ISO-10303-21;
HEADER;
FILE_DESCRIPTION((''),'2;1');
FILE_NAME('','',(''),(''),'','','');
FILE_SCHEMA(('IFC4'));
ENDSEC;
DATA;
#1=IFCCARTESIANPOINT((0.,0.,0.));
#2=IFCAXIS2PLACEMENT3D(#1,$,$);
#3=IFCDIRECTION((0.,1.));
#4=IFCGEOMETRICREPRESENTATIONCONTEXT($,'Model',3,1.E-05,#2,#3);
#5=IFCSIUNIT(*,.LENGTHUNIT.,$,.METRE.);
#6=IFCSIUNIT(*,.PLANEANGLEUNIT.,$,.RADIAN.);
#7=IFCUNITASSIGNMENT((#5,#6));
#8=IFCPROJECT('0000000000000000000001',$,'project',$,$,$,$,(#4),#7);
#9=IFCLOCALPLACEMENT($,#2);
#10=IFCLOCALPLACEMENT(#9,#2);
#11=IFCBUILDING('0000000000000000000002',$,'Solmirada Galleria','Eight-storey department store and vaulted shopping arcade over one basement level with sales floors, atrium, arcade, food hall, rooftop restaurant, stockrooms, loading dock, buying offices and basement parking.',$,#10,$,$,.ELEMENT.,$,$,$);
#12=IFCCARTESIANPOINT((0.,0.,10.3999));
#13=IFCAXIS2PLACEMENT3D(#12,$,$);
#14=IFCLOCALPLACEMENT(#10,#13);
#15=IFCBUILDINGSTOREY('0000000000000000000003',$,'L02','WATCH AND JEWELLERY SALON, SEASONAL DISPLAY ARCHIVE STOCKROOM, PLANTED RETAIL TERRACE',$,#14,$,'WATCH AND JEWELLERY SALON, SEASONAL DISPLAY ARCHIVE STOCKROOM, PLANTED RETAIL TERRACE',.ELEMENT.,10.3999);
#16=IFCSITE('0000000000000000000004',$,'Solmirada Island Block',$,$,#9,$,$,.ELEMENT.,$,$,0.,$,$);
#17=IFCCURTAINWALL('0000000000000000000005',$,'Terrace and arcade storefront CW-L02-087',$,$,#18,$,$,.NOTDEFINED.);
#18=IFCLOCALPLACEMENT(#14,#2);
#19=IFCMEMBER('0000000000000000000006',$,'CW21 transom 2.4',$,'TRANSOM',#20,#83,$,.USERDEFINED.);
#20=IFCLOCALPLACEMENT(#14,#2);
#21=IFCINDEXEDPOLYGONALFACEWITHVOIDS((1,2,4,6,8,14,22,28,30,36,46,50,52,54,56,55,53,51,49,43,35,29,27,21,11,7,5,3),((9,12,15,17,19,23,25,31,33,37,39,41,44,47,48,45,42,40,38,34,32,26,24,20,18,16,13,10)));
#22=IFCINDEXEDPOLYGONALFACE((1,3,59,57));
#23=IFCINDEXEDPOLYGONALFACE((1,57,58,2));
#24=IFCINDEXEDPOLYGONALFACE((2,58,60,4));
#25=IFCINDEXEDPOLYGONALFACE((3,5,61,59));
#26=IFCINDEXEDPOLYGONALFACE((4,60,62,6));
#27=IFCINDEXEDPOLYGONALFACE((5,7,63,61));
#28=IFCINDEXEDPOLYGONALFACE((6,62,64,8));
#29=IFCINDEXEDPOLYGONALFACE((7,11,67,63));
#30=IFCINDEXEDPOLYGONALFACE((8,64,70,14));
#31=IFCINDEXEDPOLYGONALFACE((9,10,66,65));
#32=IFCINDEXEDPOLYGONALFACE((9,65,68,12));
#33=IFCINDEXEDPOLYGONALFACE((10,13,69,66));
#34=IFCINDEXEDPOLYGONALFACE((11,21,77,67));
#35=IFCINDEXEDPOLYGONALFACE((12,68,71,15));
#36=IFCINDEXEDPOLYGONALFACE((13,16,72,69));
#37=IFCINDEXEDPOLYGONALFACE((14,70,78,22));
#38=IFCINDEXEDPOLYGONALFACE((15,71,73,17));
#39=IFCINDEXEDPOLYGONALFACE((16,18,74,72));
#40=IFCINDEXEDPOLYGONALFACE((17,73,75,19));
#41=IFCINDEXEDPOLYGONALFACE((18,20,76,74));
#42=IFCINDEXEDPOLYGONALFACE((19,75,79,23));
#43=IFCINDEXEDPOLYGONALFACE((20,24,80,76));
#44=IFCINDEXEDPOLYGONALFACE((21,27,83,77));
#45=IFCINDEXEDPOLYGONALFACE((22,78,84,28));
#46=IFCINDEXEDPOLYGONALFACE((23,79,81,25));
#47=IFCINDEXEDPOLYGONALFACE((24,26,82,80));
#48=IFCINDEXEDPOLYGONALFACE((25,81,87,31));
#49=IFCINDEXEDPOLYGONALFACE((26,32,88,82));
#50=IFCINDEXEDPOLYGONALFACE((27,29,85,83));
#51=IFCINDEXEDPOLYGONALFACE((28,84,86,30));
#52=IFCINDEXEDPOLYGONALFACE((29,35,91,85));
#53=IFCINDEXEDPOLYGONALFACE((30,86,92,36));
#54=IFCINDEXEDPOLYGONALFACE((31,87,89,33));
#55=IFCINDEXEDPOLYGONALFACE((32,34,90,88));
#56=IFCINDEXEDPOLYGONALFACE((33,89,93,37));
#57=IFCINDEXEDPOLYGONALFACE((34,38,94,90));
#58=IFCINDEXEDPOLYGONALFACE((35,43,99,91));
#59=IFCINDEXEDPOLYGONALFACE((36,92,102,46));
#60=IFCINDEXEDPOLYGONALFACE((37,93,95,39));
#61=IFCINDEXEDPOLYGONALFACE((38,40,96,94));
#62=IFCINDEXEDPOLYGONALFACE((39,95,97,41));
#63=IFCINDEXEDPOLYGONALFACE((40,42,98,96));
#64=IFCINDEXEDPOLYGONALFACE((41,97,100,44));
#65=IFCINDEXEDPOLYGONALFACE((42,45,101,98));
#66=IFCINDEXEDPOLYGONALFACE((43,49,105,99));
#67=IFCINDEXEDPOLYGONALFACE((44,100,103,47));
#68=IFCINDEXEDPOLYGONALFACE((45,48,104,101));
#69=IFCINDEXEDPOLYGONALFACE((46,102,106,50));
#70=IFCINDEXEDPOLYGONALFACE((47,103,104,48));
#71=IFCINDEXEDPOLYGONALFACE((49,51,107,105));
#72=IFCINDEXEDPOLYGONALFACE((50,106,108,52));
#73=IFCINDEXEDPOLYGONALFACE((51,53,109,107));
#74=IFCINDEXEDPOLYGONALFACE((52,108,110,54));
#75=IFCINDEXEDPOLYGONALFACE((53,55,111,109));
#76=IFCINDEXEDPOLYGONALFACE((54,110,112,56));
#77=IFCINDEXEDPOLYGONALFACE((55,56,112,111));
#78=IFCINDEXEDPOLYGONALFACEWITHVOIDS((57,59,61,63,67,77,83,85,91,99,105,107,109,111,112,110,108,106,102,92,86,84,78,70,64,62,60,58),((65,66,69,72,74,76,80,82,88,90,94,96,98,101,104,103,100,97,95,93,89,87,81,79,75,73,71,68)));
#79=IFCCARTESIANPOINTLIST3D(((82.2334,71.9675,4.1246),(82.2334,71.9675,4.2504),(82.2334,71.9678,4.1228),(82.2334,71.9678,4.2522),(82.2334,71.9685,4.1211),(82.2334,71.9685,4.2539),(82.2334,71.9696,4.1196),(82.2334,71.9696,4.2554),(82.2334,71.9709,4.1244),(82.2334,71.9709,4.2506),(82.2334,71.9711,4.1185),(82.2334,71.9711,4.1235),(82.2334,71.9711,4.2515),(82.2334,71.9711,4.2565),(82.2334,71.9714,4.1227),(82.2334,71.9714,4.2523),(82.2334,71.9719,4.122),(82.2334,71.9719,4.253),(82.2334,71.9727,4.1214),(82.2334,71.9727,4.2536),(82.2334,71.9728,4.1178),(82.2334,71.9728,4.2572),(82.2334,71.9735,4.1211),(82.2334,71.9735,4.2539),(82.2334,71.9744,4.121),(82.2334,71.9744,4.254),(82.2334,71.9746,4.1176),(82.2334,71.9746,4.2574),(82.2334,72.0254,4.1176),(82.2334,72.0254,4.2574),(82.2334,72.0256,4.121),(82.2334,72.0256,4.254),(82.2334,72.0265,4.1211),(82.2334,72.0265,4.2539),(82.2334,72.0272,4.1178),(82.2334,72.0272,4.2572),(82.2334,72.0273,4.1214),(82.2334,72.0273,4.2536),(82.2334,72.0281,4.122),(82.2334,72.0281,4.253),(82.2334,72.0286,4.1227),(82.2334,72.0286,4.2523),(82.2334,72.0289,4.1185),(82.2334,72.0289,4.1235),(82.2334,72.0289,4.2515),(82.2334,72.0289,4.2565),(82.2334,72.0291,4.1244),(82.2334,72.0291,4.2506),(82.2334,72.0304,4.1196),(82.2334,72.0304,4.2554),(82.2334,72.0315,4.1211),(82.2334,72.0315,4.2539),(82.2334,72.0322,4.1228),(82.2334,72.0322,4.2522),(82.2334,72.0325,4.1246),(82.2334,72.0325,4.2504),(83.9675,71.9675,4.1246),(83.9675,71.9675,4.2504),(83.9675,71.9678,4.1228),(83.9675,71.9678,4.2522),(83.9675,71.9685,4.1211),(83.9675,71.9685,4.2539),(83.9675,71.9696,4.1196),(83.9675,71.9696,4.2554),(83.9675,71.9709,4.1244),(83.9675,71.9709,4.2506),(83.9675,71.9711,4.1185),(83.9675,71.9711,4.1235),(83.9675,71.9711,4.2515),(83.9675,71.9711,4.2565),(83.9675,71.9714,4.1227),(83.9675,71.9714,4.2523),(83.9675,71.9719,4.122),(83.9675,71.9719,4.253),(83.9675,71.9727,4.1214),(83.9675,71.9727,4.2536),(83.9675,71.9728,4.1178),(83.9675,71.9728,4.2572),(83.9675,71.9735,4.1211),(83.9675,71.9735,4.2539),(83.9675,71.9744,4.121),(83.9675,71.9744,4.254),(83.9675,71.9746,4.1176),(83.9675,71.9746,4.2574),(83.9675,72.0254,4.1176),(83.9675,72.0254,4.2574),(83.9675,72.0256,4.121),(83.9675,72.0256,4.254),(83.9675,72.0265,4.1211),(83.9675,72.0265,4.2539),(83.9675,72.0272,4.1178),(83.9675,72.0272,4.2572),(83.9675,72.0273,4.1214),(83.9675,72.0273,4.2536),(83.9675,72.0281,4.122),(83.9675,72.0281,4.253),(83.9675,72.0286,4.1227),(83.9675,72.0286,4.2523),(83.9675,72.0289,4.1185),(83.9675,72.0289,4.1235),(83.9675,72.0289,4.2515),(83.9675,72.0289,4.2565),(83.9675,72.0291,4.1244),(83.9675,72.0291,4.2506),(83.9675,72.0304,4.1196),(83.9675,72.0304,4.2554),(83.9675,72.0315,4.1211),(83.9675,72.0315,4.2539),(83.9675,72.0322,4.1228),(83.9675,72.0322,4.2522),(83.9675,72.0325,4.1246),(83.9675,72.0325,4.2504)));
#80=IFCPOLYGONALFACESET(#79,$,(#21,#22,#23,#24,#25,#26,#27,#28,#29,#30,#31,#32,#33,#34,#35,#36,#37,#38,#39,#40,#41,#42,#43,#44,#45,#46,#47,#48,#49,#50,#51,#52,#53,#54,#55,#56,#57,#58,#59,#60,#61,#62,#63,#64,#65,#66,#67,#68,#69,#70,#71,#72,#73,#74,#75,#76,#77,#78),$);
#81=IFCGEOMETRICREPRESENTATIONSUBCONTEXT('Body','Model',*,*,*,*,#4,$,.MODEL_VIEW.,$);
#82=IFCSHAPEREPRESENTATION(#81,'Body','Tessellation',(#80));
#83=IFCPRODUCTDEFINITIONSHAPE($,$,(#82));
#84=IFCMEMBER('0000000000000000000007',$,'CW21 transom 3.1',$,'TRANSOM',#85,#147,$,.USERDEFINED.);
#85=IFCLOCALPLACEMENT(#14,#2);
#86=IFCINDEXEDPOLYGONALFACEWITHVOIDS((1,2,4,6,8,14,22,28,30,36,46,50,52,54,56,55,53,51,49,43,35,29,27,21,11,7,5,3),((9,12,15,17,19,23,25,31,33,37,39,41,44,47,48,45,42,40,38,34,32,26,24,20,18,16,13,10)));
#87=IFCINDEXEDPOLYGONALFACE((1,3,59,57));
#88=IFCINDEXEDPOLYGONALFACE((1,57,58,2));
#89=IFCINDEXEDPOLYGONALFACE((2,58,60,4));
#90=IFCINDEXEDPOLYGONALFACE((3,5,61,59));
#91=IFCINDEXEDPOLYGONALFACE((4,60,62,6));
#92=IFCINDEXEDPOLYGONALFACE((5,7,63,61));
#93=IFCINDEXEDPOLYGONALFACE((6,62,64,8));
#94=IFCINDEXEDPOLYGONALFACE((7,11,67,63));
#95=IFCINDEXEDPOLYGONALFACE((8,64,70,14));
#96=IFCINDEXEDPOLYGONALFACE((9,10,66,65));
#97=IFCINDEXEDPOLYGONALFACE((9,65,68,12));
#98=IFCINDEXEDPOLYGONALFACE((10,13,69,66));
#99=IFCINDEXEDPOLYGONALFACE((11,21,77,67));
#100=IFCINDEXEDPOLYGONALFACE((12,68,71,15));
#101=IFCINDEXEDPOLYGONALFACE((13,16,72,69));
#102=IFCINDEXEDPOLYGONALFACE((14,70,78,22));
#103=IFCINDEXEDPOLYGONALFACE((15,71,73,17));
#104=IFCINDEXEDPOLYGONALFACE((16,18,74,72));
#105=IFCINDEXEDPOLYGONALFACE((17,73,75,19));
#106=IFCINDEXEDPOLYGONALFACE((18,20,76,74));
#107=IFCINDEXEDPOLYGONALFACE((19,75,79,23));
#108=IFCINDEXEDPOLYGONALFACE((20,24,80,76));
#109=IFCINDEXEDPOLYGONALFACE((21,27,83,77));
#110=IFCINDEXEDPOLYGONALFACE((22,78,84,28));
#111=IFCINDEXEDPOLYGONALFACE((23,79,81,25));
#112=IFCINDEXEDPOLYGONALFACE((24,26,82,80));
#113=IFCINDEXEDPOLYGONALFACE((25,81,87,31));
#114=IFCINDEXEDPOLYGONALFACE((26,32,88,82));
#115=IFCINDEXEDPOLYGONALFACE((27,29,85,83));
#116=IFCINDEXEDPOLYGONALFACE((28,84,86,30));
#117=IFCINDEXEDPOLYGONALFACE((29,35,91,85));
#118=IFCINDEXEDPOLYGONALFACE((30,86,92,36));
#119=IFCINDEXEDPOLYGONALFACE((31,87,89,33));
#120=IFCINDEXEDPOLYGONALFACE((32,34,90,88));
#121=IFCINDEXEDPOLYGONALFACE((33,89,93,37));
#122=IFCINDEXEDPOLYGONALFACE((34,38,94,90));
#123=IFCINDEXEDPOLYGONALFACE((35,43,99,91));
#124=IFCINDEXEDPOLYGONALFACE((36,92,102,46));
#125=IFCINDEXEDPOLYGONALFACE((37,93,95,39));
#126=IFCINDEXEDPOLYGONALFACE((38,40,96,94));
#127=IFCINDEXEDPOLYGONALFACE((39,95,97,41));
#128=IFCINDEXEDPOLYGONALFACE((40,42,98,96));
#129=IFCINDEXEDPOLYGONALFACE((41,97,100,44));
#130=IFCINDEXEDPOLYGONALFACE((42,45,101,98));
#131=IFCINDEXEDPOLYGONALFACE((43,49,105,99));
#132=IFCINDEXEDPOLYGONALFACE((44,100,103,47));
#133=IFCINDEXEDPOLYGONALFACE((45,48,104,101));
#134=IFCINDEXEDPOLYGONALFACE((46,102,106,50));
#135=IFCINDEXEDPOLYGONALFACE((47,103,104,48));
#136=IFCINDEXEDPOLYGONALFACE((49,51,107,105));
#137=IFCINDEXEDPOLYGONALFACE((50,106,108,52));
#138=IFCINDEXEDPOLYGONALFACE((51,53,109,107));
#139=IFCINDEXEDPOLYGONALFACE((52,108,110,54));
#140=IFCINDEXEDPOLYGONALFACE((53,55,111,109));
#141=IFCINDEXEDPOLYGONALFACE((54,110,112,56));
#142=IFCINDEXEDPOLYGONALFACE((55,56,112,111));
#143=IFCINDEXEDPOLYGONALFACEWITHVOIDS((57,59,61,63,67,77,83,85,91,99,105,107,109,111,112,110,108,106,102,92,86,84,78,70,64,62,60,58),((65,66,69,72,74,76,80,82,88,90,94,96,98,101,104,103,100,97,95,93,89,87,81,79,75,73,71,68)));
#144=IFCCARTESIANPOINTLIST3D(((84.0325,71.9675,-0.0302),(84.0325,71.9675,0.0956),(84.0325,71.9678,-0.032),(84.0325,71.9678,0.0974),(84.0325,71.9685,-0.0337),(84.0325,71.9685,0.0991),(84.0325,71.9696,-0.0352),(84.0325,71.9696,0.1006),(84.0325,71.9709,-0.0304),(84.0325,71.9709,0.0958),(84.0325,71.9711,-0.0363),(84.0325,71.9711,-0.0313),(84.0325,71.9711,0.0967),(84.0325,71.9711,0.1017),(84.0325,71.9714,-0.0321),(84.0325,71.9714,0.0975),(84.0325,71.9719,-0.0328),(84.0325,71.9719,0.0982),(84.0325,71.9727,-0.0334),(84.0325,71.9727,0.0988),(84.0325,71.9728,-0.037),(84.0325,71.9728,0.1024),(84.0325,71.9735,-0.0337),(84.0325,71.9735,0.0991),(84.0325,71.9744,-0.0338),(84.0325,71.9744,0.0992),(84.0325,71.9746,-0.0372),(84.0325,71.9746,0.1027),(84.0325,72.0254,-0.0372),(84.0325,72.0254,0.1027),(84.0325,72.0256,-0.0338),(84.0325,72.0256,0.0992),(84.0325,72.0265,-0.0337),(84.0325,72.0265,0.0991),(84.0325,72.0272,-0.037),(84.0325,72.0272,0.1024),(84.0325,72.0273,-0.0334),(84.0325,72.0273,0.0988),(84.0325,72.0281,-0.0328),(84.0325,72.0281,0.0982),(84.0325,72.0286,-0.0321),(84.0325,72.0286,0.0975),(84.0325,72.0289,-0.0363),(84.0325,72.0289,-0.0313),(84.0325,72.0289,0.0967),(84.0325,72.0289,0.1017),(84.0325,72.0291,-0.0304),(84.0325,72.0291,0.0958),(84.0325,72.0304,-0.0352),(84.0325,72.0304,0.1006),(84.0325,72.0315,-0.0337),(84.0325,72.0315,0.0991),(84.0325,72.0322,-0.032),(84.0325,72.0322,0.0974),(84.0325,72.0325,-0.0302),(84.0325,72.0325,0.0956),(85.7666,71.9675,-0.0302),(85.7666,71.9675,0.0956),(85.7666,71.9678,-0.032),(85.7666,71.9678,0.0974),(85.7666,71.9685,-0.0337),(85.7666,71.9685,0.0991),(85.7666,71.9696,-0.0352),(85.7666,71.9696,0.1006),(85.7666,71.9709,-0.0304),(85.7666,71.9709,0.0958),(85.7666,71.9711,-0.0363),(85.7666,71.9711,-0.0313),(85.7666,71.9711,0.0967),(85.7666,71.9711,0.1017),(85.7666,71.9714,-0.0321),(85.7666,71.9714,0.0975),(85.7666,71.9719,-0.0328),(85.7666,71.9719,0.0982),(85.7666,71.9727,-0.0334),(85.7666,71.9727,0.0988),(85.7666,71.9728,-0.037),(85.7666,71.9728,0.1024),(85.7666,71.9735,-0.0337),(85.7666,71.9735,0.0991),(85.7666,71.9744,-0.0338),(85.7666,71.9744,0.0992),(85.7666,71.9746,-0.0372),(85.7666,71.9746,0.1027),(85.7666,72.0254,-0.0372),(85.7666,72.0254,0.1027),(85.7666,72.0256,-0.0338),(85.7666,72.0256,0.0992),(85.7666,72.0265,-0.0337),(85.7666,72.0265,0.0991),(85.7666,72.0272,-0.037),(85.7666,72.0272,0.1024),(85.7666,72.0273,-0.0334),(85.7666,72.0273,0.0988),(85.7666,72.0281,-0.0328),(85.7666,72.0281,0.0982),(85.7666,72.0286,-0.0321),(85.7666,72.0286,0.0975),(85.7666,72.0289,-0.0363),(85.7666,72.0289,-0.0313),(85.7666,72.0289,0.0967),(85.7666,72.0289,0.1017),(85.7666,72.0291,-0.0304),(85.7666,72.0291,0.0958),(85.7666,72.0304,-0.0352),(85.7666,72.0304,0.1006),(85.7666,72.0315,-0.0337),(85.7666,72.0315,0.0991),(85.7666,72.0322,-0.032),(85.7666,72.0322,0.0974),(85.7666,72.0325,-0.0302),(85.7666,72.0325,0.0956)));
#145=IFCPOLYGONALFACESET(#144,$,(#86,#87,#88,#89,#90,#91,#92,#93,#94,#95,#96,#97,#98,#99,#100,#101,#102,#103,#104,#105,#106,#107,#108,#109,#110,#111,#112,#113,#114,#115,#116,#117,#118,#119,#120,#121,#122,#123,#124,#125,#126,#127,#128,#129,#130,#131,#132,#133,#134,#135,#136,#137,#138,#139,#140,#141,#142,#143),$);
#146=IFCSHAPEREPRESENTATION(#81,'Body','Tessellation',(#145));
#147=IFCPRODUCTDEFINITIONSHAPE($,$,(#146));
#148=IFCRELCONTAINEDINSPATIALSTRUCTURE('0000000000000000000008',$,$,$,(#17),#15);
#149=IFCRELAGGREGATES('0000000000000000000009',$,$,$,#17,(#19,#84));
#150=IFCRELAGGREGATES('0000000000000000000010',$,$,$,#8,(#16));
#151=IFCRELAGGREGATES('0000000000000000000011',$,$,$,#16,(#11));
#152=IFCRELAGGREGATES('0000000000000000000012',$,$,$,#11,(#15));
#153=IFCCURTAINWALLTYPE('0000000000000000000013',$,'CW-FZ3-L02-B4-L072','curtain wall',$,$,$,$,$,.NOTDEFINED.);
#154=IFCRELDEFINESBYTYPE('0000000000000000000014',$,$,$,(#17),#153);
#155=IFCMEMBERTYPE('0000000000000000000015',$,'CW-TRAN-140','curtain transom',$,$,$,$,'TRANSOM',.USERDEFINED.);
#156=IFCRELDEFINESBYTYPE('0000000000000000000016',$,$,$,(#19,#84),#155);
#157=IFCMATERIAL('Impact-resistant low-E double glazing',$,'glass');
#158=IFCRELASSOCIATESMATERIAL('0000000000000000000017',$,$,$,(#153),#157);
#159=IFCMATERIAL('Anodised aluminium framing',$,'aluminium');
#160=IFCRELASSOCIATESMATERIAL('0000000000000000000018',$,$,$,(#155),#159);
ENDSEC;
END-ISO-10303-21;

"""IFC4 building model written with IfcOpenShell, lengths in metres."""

from ifc_helpers import new_model, si_unit, direction, frame, origin, origin_2d, place, context, subcontext, project, spatial, hollow_rectangle, extrude, material, material_profile, profile_set, type_object, element, aggregate, save


model = new_model("IFC4")

# Units and contexts
model_context = context("Model", 3, precision=1e-05, world=origin(), true_north=direction((0.0, 1.0)))
body_context = subcontext(model_context, "Body", "Model", "MODEL_VIEW")
ifc_project = project(units=[si_unit("LENGTHUNIT", "METRE"), si_unit("PLANEANGLEUNIT", "RADIAN")], contexts=[model_context])

# Site, building, storey
site_placement = place(None, origin())
site = spatial("IfcSite", under=ifc_project, at=site_placement, Name="Solmirada Island Block", CompositionType="ELEMENT", RefElevation=0.0)
building_placement = place(site_placement, origin())
building = spatial("IfcBuilding", under=site, at=building_placement, Name="Solmirada Galleria", Description="Eight-storey department store and vaulted shopping arcade over one basement level with sales floors, atrium, arcade, food hall, rooftop restaurant, stockrooms, loading dock, buying offices and basement parking.", CompositionType="ELEMENT")
storey_placement = place(building_placement, frame((0.0, 0.0, 10.3999)))
storey = spatial("IfcBuildingStorey", under=building, at=storey_placement, Name="L02", Description="WATCH AND JEWELLERY SALON, SEASONAL DISPLAY ARCHIVE STOCKROOM, PLANTED RETAIL TERRACE", LongName="WATCH AND JEWELLERY SALON, SEASONAL DISPLAY ARCHIVE STOCKROOM, PLANTED RETAIL TERRACE", CompositionType="ELEMENT", Elevation=10.3999)

# Curtain wall, members
ifc_material_1 = material(Name="Impact-resistant low-E double glazing", Category="glass")
curtain_wall_type = type_object("IfcCurtainWallType", Name="CW-FZ3-L02-B4-L072", Description="curtain wall", PredefinedType="NOTDEFINED", material=ifc_material_1)
curtain_wall_placement = place(storey_placement, origin())
curtain_wall = element("IfcCurtainWall", 1, at=curtain_wall_placement, inside=storey, type_object=curtain_wall_type, Name="Terrace and arcade storefront CW-L02-087", PredefinedType="NOTDEFINED")
ifc_material_2 = material(Name="Anodised aluminium framing", Category="aluminium")
ifc_material_profile_1 = material_profile(ifc_material_2, hollow_rectangle(XDim=0.0649, YDim=0.1399, WallThickness=0.0034, InnerFilletRadius=0.0034, OuterFilletRadius=0.0071, at=origin_2d()), Name="ALU-TRAN-140X65")
ifc_profile_set_1 = profile_set([ifc_material_profile_1], Name="Anodised aluminium framing")
member_type_1 = type_object("IfcMemberType", Name="CW-TRAN-140", Description="curtain transom", ElementType="TRANSOM", PredefinedType="USERDEFINED", material=ifc_profile_set_1)
member_1_placement = place(storey_placement, frame((82.2334, 72.0, 4.1875), z_axis=(1.0, 0.0, 0.0), x_axis=(0.0, 1.0, 0.0)))
member_1 = element("IfcMember", 2, at=member_1_placement, type_object=member_type_1, Name="CW21 transom 2.4", ObjectType="TRANSOM", PredefinedType="USERDEFINED", context=body_context, shape_type="SweptSolid", body=[
    extrude(hollow_rectangle(XDim=0.0649, YDim=0.1399, WallThickness=0.0034, InnerFilletRadius=0.0034, OuterFilletRadius=0.0071, at=origin_2d()), origin(), (0.0, 0.0, 1.0), 1.7341),
])
member_2_placement = place(storey_placement, frame((84.0325, 72.0, 0.0327), z_axis=(1.0, 0.0, 0.0), x_axis=(0.0, 1.0, 0.0)))
member_2 = element("IfcMember", 3, at=member_2_placement, type_object=member_type_1, Name="CW21 transom 3.1", ObjectType="TRANSOM", PredefinedType="USERDEFINED", context=body_context, shape_type="SweptSolid", body=[
    extrude(hollow_rectangle(XDim=0.0649, YDim=0.1399, WallThickness=0.0034, InnerFilletRadius=0.0034, OuterFilletRadius=0.0071, at=origin_2d()), origin(), (0.0, 0.0, 1.0), 1.7341),
])
aggregate(curtain_wall, [member_1, member_2])

save(model, "model.ifc")
